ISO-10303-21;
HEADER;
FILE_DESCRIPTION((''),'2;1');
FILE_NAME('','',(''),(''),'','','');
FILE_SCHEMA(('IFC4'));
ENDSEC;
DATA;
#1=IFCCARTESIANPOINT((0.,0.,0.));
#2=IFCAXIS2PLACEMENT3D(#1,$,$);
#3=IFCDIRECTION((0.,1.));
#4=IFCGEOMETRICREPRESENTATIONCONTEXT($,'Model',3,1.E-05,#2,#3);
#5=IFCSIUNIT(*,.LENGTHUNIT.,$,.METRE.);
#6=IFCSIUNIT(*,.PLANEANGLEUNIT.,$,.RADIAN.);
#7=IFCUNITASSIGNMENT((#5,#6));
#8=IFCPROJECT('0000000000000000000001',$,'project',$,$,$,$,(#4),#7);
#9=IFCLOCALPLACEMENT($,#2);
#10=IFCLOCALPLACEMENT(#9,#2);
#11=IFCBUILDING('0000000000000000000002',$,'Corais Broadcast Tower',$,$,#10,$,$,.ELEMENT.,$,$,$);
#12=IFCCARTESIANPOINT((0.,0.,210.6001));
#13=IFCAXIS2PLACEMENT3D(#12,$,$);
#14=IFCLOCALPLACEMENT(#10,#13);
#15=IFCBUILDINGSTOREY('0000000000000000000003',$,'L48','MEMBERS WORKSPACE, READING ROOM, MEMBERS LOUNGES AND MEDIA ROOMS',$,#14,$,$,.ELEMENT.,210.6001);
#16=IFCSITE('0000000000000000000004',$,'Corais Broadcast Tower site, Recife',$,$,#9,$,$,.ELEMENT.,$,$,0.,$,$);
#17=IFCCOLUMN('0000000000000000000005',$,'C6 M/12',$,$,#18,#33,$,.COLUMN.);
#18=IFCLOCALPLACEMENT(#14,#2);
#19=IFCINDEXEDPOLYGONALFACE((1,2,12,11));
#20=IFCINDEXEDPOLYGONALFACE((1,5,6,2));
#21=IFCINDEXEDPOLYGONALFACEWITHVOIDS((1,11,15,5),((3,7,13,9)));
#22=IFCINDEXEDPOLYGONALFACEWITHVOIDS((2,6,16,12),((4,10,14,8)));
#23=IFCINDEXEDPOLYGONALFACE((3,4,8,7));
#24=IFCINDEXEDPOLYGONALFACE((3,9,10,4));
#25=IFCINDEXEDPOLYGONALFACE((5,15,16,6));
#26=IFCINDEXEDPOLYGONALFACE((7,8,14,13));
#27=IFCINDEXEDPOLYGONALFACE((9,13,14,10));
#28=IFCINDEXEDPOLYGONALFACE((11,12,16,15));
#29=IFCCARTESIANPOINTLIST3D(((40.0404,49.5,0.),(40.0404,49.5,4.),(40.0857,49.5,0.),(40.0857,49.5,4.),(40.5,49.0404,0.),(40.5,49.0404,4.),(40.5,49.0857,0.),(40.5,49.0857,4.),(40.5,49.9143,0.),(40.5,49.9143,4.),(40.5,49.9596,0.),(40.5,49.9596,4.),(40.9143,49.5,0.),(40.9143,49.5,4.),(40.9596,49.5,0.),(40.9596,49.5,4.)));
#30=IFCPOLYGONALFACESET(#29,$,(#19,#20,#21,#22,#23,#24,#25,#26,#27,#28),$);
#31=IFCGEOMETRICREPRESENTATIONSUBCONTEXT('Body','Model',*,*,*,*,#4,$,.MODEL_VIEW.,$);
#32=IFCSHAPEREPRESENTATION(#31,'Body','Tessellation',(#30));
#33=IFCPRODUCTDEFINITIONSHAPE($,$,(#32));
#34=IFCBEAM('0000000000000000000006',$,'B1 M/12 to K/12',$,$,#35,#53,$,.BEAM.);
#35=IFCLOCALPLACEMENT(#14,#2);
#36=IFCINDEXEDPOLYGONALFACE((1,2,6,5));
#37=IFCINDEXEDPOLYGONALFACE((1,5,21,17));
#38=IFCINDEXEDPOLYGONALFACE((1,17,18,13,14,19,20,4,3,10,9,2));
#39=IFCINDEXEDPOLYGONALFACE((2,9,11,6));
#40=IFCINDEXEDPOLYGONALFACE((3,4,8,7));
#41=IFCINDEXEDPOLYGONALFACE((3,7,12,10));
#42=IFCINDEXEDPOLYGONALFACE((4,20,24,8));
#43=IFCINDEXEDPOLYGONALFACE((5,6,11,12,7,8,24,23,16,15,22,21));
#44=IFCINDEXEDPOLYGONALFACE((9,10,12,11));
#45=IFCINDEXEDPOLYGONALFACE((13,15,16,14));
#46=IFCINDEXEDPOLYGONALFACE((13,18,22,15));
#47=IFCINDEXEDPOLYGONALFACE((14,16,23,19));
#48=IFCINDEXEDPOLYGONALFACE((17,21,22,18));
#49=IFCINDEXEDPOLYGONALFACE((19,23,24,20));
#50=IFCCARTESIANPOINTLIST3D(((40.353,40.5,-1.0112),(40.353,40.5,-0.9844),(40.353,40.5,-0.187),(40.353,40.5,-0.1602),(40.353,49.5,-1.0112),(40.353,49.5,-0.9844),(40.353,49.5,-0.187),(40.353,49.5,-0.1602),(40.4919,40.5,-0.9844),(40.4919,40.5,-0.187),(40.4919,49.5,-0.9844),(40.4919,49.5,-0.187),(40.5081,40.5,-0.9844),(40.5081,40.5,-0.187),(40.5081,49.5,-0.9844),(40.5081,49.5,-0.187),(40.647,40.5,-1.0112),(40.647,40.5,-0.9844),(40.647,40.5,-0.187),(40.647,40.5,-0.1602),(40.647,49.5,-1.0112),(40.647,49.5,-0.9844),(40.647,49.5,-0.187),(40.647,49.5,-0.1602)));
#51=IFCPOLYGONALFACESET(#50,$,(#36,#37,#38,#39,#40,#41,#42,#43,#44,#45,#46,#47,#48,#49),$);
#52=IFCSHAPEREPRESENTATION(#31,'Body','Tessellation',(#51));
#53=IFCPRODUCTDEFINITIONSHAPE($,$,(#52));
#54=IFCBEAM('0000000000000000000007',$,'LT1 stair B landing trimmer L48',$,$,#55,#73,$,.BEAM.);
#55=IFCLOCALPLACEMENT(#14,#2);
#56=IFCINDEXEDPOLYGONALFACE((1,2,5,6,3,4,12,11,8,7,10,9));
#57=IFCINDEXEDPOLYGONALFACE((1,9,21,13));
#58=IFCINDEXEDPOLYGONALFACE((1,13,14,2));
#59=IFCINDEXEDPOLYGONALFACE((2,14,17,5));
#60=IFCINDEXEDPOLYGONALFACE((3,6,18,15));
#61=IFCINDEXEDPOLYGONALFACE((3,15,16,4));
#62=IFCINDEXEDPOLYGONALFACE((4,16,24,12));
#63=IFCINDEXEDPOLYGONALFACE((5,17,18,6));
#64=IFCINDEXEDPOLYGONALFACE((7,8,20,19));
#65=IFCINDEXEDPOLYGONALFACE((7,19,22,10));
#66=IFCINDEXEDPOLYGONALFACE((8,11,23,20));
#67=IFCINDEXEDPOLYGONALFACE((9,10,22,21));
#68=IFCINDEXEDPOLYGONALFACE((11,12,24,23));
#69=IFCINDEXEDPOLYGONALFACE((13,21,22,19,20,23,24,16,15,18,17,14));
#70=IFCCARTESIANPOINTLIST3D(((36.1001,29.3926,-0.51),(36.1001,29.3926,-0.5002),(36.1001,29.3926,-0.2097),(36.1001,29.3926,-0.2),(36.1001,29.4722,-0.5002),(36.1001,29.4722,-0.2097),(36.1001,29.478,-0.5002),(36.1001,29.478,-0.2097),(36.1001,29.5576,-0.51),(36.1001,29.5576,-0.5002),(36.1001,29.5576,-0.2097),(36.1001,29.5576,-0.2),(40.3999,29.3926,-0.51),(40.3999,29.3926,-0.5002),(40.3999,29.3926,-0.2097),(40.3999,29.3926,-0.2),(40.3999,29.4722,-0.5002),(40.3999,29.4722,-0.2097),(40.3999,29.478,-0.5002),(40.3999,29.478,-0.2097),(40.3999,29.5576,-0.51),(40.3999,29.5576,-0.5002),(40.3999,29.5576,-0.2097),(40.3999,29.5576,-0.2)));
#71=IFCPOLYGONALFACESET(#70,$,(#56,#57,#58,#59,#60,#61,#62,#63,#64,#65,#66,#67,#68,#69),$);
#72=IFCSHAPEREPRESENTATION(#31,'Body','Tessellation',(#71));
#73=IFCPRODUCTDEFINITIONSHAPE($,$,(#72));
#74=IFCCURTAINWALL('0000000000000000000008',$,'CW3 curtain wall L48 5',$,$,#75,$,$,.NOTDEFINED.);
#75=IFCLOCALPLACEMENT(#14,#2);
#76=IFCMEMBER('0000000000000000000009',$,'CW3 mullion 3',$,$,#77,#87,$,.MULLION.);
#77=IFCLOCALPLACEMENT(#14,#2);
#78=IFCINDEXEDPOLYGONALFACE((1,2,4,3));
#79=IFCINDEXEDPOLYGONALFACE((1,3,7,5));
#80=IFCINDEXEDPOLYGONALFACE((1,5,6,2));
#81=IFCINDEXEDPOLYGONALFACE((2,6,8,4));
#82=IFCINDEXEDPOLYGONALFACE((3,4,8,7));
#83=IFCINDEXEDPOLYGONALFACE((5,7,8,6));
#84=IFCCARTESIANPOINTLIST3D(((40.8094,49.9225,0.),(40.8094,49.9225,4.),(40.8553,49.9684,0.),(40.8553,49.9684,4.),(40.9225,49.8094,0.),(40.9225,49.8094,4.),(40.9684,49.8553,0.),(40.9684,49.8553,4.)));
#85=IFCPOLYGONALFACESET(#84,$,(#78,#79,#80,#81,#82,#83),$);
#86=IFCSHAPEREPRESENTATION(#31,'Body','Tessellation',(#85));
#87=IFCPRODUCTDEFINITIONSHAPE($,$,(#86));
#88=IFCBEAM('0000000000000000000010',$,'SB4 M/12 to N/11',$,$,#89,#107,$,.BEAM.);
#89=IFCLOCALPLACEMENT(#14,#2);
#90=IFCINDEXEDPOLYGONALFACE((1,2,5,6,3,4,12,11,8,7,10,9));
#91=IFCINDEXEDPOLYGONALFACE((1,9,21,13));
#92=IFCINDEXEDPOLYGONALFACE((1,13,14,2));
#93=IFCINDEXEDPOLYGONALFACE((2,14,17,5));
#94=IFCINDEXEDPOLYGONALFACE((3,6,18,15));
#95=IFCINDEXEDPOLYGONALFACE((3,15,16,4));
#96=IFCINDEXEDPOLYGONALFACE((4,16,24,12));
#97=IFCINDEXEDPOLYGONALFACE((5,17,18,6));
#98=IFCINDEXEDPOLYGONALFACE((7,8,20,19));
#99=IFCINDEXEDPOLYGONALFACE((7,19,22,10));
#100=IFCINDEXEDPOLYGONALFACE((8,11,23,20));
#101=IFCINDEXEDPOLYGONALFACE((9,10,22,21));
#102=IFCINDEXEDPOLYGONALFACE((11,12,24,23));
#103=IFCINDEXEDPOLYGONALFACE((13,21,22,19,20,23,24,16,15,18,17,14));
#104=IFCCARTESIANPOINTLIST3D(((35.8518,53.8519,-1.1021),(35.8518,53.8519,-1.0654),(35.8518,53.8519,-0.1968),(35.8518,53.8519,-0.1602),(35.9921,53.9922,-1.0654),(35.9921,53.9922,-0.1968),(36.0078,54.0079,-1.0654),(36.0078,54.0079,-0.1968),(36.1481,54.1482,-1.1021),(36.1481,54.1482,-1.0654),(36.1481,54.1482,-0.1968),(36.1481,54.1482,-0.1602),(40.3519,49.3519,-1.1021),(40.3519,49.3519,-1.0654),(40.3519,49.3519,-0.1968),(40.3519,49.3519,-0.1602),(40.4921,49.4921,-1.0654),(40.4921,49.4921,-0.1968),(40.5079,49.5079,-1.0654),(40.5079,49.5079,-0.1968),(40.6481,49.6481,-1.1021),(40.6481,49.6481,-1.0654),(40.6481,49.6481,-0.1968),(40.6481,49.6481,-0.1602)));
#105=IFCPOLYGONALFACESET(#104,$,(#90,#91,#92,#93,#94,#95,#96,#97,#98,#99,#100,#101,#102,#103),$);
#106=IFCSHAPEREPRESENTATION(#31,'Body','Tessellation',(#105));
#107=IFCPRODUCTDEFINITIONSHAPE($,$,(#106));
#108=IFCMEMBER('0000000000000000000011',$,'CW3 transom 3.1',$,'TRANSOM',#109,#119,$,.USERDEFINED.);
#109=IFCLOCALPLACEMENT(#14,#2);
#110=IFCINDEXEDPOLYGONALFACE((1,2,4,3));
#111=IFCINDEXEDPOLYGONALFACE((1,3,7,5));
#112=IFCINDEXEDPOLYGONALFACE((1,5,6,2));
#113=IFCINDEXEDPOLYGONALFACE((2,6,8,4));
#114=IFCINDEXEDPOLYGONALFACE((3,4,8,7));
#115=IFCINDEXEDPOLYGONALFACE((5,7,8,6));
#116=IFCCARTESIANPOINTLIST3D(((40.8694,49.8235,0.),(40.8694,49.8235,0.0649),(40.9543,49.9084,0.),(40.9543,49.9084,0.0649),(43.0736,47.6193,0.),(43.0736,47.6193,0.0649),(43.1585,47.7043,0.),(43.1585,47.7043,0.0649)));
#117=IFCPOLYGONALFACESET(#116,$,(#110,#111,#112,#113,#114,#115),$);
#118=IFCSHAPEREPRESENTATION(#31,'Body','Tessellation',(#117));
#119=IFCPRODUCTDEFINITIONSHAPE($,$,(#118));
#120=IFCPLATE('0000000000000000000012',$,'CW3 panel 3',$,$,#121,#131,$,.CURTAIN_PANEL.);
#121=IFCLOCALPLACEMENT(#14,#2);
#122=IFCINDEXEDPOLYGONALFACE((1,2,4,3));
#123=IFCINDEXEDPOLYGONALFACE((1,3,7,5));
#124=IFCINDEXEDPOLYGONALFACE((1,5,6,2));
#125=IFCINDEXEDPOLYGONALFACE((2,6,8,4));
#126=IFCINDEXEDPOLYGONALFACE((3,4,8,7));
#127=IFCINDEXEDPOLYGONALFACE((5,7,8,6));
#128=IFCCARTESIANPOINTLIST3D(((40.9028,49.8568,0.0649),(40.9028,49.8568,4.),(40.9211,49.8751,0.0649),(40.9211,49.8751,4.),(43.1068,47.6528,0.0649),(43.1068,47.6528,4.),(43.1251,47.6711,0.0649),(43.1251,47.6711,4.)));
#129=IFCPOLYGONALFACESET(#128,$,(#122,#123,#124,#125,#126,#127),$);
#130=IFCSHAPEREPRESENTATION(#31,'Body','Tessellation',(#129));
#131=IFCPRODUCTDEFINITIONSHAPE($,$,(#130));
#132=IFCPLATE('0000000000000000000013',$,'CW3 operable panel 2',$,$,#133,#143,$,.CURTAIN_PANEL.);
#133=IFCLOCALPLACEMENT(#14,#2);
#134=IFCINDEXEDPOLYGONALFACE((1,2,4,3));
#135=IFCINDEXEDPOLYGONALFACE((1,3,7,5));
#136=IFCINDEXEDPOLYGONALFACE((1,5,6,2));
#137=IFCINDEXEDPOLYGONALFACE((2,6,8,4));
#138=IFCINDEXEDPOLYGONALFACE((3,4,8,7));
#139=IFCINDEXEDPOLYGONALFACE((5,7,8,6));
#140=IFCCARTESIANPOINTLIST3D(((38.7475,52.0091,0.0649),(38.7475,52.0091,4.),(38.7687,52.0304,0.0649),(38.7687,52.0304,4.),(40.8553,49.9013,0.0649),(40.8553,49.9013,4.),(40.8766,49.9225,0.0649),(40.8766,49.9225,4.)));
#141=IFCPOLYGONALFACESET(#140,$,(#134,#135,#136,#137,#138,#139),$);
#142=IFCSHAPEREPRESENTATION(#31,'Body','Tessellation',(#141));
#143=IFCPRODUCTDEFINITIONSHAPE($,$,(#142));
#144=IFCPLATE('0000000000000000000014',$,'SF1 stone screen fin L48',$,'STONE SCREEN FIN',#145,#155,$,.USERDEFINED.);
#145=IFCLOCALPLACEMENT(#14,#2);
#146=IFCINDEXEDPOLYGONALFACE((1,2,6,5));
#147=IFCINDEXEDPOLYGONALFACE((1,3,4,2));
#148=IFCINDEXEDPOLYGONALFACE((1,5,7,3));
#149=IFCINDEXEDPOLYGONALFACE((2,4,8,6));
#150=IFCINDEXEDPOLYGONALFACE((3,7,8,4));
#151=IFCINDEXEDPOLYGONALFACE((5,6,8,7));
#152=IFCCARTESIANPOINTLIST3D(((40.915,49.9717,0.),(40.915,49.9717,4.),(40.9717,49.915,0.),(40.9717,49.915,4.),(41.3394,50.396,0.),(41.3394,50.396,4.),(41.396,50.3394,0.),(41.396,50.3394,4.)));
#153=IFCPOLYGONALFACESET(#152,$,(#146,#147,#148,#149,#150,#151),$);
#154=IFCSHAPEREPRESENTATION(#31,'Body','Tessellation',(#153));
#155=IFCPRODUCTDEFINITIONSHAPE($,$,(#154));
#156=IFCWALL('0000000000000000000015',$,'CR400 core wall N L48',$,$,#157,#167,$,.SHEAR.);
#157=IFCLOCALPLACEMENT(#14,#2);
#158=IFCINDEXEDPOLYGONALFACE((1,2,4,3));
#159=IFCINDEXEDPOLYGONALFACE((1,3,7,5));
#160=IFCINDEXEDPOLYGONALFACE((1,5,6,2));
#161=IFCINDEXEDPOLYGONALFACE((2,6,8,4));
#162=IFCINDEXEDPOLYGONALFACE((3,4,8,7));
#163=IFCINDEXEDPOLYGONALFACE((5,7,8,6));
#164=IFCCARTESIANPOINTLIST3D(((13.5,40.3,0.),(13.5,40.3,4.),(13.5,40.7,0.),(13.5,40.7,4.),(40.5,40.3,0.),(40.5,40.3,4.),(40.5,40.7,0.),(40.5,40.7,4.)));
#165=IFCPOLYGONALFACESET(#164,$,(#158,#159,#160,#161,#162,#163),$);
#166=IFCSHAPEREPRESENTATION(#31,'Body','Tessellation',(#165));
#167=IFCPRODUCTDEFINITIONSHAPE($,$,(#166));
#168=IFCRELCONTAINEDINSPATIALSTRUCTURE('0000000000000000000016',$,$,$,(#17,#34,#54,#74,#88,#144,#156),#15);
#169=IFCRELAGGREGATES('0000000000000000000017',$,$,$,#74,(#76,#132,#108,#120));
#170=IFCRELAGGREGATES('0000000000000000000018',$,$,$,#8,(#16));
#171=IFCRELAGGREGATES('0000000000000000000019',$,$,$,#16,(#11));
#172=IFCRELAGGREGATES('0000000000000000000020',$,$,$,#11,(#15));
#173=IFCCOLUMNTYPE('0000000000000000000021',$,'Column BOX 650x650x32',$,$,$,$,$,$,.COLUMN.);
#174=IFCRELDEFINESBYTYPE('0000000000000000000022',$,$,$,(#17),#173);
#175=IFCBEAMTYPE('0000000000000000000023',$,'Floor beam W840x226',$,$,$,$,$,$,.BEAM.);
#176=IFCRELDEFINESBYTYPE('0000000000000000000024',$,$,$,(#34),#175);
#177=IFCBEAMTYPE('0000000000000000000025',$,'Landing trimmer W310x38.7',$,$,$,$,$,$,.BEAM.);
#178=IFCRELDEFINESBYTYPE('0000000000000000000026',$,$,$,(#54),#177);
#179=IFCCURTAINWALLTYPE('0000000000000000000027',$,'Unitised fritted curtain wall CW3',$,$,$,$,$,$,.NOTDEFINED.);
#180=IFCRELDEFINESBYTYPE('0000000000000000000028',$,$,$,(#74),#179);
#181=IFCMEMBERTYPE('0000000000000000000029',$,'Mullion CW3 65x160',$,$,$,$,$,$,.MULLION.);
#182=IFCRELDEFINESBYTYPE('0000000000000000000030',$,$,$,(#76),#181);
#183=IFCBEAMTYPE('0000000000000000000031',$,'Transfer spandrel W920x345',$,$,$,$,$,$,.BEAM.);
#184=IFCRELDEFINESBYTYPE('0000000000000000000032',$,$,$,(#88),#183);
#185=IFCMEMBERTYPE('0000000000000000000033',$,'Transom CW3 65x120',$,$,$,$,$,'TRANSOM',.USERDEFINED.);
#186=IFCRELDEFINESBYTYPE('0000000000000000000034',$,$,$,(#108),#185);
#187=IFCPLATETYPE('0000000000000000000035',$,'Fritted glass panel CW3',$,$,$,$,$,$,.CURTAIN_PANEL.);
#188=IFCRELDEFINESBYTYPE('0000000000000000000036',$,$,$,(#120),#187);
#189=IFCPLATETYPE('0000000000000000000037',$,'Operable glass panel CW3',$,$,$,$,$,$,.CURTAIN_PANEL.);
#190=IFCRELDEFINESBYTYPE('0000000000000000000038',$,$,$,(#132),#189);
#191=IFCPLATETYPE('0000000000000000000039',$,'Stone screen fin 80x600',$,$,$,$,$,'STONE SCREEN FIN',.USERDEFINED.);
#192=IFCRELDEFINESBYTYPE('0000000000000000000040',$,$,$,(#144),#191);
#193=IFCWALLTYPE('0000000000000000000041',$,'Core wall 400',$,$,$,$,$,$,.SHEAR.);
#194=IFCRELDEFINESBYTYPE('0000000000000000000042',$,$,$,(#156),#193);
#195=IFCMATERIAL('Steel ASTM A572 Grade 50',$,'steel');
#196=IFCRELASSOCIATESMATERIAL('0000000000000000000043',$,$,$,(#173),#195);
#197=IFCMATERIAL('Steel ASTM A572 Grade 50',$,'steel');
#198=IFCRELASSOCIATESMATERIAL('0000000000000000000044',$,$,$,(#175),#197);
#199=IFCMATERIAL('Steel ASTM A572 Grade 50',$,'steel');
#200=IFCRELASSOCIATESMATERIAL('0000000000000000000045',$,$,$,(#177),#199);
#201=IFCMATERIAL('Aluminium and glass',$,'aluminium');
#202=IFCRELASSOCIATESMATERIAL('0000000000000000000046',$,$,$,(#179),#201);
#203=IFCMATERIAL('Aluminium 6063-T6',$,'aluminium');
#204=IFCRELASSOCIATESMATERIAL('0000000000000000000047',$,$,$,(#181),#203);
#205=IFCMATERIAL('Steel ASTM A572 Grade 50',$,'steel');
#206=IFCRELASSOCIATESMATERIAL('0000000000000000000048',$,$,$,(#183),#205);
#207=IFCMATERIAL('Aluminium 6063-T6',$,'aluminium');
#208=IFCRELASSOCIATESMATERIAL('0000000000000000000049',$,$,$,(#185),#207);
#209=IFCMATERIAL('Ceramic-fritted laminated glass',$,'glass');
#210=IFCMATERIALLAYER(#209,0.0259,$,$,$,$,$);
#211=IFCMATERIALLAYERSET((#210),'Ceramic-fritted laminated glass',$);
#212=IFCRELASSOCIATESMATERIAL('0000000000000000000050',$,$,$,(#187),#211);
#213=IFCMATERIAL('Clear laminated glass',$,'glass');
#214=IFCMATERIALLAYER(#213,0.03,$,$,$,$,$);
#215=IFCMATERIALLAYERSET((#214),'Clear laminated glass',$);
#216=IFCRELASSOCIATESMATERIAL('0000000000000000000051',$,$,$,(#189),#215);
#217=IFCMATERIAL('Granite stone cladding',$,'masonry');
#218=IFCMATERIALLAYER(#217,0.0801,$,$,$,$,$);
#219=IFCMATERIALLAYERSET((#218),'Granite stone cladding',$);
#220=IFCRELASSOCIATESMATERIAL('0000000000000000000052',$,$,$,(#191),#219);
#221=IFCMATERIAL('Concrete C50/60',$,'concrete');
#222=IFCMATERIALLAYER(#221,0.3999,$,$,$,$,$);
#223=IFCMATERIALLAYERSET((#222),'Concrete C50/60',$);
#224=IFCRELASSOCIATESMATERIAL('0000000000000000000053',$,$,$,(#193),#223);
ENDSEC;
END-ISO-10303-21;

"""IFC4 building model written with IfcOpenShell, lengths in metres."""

from ifc_helpers import new_model, si_unit, direction, frame, frame_2d, origin, origin_2d, place, context, subcontext, project, spatial, rectangle, hollow_rectangle, i_section, extrude, material, layer, layer_set, material_profile, profile_set, type_object, element, aggregate, save


model = new_model("IFC4")

# Units and contexts
model_context = context("Model", 3, precision=1e-05, world=origin(), true_north=direction((0.0, 1.0)))
body_context = subcontext(model_context, "Body", "Model", "MODEL_VIEW")
ifc_project = project(units=[si_unit("LENGTHUNIT", "METRE"), si_unit("PLANEANGLEUNIT", "RADIAN")], contexts=[model_context])

# Site, building, storey
site_placement = place(None, origin())
site = spatial("IfcSite", under=ifc_project, at=site_placement, Name="Corais Broadcast Tower site, Recife", CompositionType="ELEMENT", RefElevation=0.0)
building_placement = place(site_placement, origin())
building = spatial("IfcBuilding", under=site, at=building_placement, Name="Corais Broadcast Tower", CompositionType="ELEMENT")
storey_placement = place(building_placement, frame((0.0, 0.0, 210.6001)))
storey = spatial("IfcBuildingStorey", under=building, at=storey_placement, Name="L48", Description="MEMBERS WORKSPACE, READING ROOM, MEMBERS LOUNGES AND MEDIA ROOMS", CompositionType="ELEMENT", Elevation=210.6001)

# Column
ifc_material_1 = material(Name="Steel ASTM A572 Grade 50", Category="steel")
ifc_material_profile_1 = material_profile(ifc_material_1, hollow_rectangle(XDim=0.6499, YDim=0.6499, WallThickness=0.032, at=origin_2d()), Name="BOX 650x650x32")
ifc_profile_set_1 = profile_set([ifc_material_profile_1], Name="Steel ASTM A572 Grade 50")
column_type = type_object("IfcColumnType", Name="Column BOX 650x650x32", PredefinedType="COLUMN", material=ifc_profile_set_1)
column_placement = place(storey_placement, frame((40.5, 49.5, 0.0), z_axis=(0.0, 0.0, 1.0), x_axis=(0.707107, 0.707107, 0.0)))
element("IfcColumn", 1, at=column_placement, inside=storey, type_object=column_type, Name="C6 M/12", PredefinedType="COLUMN", context=body_context, shape_type="SweptSolid", body=[
    extrude(hollow_rectangle(XDim=0.6499, YDim=0.6499, WallThickness=0.032, at=origin_2d()), origin(), (0.0, 0.0, 1.0), 4.0),
])

# Beams
ifc_material_2 = material(Name="Steel ASTM A572 Grade 50", Category="steel")
ifc_material_profile_2 = material_profile(ifc_material_2, i_section(OverallWidth=0.2939, OverallDepth=0.8511, WebThickness=0.0161, FlangeThickness=0.0269, at=origin_2d()), Name="W840x226")
ifc_profile_set_2 = profile_set([ifc_material_profile_2], Name="Steel ASTM A572 Grade 50")
beam_type_1 = type_object("IfcBeamType", Name="Floor beam W840x226", PredefinedType="BEAM", material=ifc_profile_set_2)
beam_1_placement = place(storey_placement, frame((40.5, 49.5, -0.5857), z_axis=(0.0, -1.0, 0.0), x_axis=(1.0, 0.0, 0.0)))
element("IfcBeam", 2, at=beam_1_placement, inside=storey, type_object=beam_type_1, Name="B1 M/12 to K/12", PredefinedType="BEAM", context=body_context, shape_type="SweptSolid", body=[
    extrude(i_section(OverallWidth=0.2939, OverallDepth=0.8511, WebThickness=0.0161, FlangeThickness=0.0269, at=origin_2d()), origin(), (0.0, 0.0, 1.0), 9.0),
])
ifc_material_3 = material(Name="Steel ASTM A572 Grade 50", Category="steel")
ifc_material_profile_3 = material_profile(ifc_material_3, i_section(OverallWidth=0.165, OverallDepth=0.3101, WebThickness=0.0059, FlangeThickness=0.0098, at=origin_2d()), Name="W310x38.7")
ifc_profile_set_3 = profile_set([ifc_material_profile_3], Name="Steel ASTM A572 Grade 50")
beam_type_2 = type_object("IfcBeamType", Name="Landing trimmer W310x38.7", PredefinedType="BEAM", material=ifc_profile_set_3)
beam_2_placement = place(storey_placement, frame((36.1001, 29.4751, -0.355), z_axis=(1.0, 0.0, 0.0), x_axis=(0.0, 1.0, 0.0)))
element("IfcBeam", 3, at=beam_2_placement, inside=storey, type_object=beam_type_2, Name="LT1 stair B landing trimmer L48", PredefinedType="BEAM", context=body_context, shape_type="SweptSolid", body=[
    extrude(i_section(OverallWidth=0.165, OverallDepth=0.3101, WebThickness=0.0059, FlangeThickness=0.0098, at=origin_2d()), origin(), (0.0, 0.0, 1.0), 4.2998),
])

# Curtain wall, member
ifc_material_4 = material(Name="Aluminium and glass", Category="aluminium")
curtain_wall_type = type_object("IfcCurtainWallType", Name="Unitised fritted curtain wall CW3", PredefinedType="NOTDEFINED", material=ifc_material_4)
curtain_wall_placement = place(storey_placement, origin())
curtain_wall = element("IfcCurtainWall", 4, at=curtain_wall_placement, inside=storey, type_object=curtain_wall_type, Name="CW3 curtain wall L48 5", PredefinedType="NOTDEFINED")
ifc_material_5 = material(Name="Aluminium 6063-T6", Category="aluminium")
ifc_material_profile_4 = material_profile(ifc_material_5, rectangle(XDim=0.0649, YDim=0.1599, at=origin_2d()), Name="Mullion CW3 65x160")
ifc_profile_set_4 = profile_set([ifc_material_profile_4], Name="Aluminium 6063-T6")
member_type_1 = type_object("IfcMemberType", Name="Mullion CW3 65x160", PredefinedType="MULLION", material=ifc_profile_set_4)
member_1_placement = place(storey_placement, frame((40.8889, 49.8889, 0.0), z_axis=(0.0, 0.0, 1.0), x_axis=(0.707107, 0.707107, 0.0)))
member_1 = element("IfcMember", 5, at=member_1_placement, type_object=member_type_1, Name="CW3 mullion 3", PredefinedType="MULLION", context=body_context, shape_type="SweptSolid", body=[
    extrude(rectangle(XDim=0.0649, YDim=0.1599, at=origin_2d()), origin(), (0.0, 0.0, 1.0), 4.0),
])

# Beam
ifc_material_6 = material(Name="Steel ASTM A572 Grade 50", Category="steel")
ifc_material_profile_5 = material_profile(ifc_material_6, i_section(OverallWidth=0.4189, OverallDepth=0.9419, WebThickness=0.0222, FlangeThickness=0.0366, at=origin_2d()), Name="W920x345")
ifc_profile_set_5 = profile_set([ifc_material_profile_5], Name="Steel ASTM A572 Grade 50")
beam_type_3 = type_object("IfcBeamType", Name="Transfer spandrel W920x345", PredefinedType="BEAM", material=ifc_profile_set_5)
beam_3_placement = place(storey_placement, frame((40.5, 49.5, -0.6311), z_axis=(-0.707107, 0.707107, 0.0), x_axis=(-0.707107, -0.707107, 0.0)))
element("IfcBeam", 6, at=beam_3_placement, inside=storey, type_object=beam_type_3, Name="SB4 M/12 to N/11", PredefinedType="BEAM", context=body_context, shape_type="SweptSolid", body=[
    extrude(i_section(OverallWidth=0.4189, OverallDepth=0.9419, WebThickness=0.0222, FlangeThickness=0.0366, at=origin_2d()), origin(), (0.0, 0.0, 1.0), 6.364),
])

# Member
ifc_material_7 = material(Name="Aluminium 6063-T6", Category="aluminium")
ifc_material_profile_6 = material_profile(ifc_material_7, rectangle(XDim=0.1201, YDim=0.0649, at=origin_2d()), Name="Transom CW3 65x120")
ifc_profile_set_6 = profile_set([ifc_material_profile_6], Name="Aluminium 6063-T6")
member_type_2 = type_object("IfcMemberType", Name="Transom CW3 65x120", ElementType="TRANSOM", PredefinedType="USERDEFINED", material=ifc_profile_set_6)
member_2_placement = place(storey_placement, frame((40.9119, 49.866, 0.0325), z_axis=(0.707107, -0.707107, 0.0), x_axis=(0.707107, 0.707107, 0.0)))
member_2 = element("IfcMember", 7, at=member_2_placement, type_object=member_type_2, Name="CW3 transom 3.1", ObjectType="TRANSOM", PredefinedType="USERDEFINED", context=body_context, shape_type="SweptSolid", body=[
    extrude(rectangle(XDim=0.1201, YDim=0.0649, at=origin_2d()), origin(), (0.0, 0.0, 1.0), 3.1172),
])

# Plates
ifc_material_8 = material(Name="Ceramic-fritted laminated glass", Category="glass")
ifc_layer_1 = layer(ifc_material_8, 0.0259)
ifc_layer_set_1 = layer_set([ifc_layer_1], Name="Ceramic-fritted laminated glass")
plate_type_1 = type_object("IfcPlateType", Name="Fritted glass panel CW3", PredefinedType="CURTAIN_PANEL", material=ifc_layer_set_1)
plate_1_placement = place(storey_placement, frame((42.0139, 48.7639, 0.0649), z_axis=(0.0, 0.0, 1.0), x_axis=(0.707107, -0.707107, 0.0)))
plate_1 = element("IfcPlate", 8, at=plate_1_placement, type_object=plate_type_1, Name="CW3 panel 3", PredefinedType="CURTAIN_PANEL", context=body_context, shape_type="SweptSolid", body=[
    extrude(rectangle(XDim=3.1169, YDim=0.0259, at=origin_2d()), origin(), (0.0, 0.0, 1.0), 3.9351),
])
ifc_material_9 = material(Name="Clear laminated glass", Category="glass")
ifc_layer_2 = layer(ifc_material_9, 0.03)
ifc_layer_set_2 = layer_set([ifc_layer_2], Name="Clear laminated glass")
plate_type_2 = type_object("IfcPlateType", Name="Operable glass panel CW3", PredefinedType="CURTAIN_PANEL", material=ifc_layer_set_2)
plate_2_placement = place(storey_placement, frame((39.812, 50.9658, 0.0649), z_axis=(0.0, 0.0, 1.0), x_axis=(0.707107, -0.707107, 0.0)))
plate_2 = element("IfcPlate", 9, at=plate_2_placement, type_object=plate_type_2, Name="CW3 operable panel 2", PredefinedType="CURTAIN_PANEL", context=body_context, shape_type="SweptSolid", body=[
    extrude(rectangle(XDim=2.981, YDim=0.03, at=origin_2d()), origin(), (0.0, 0.0, 1.0), 3.9351),
])
aggregate(curtain_wall, [member_1, plate_2, member_2, plate_1])
ifc_material_10 = material(Name="Granite stone cladding", Category="masonry")
ifc_layer_3 = layer(ifc_material_10, 0.0801)
ifc_layer_set_3 = layer_set([ifc_layer_3], Name="Granite stone cladding")
plate_type_3 = type_object("IfcPlateType", Name="Stone screen fin 80x600", ElementType="STONE SCREEN FIN", PredefinedType="USERDEFINED", material=ifc_layer_set_3)
plate_3_placement = place(storey_placement, frame((41.1555, 50.1555, 0.0), z_axis=(0.0, 0.0, 1.0), x_axis=(0.707107, -0.707107, 0.0)))
element("IfcPlate", 10, at=plate_3_placement, inside=storey, type_object=plate_type_3, Name="SF1 stone screen fin L48", ObjectType="STONE SCREEN FIN", PredefinedType="USERDEFINED", context=body_context, shape_type="SweptSolid", body=[
    extrude(rectangle(XDim=0.0801, YDim=0.6001, at=origin_2d()), origin(), (0.0, 0.0, 1.0), 4.0),
])

# Wall
ifc_material_11 = material(Name="Concrete C50/60", Category="concrete")
ifc_layer_4 = layer(ifc_material_11, 0.3999)
ifc_layer_set_4 = layer_set([ifc_layer_4], Name="Concrete C50/60")
wall_type_1 = type_object("IfcWallType", Name="Core wall 400", PredefinedType="SHEAR", material=ifc_layer_set_4)
wall_1_placement = place(storey_placement, frame((40.5, 40.5, 0.0), z_axis=(0.0, 0.0, 1.0), x_axis=(-1.0, 0.0, 0.0)))
element("IfcWall", 11, at=wall_1_placement, inside=storey, type_object=wall_type_1, Name="CR400 core wall N L48", PredefinedType="SHEAR", context=body_context, shape_type="SweptSolid", body=[
    extrude(rectangle(XDim=27.0, YDim=0.3999, at=frame_2d((13.5, 0.0))), origin(), (0.0, 0.0, 1.0), 4.0),
])

save(model, "model.ifc")
